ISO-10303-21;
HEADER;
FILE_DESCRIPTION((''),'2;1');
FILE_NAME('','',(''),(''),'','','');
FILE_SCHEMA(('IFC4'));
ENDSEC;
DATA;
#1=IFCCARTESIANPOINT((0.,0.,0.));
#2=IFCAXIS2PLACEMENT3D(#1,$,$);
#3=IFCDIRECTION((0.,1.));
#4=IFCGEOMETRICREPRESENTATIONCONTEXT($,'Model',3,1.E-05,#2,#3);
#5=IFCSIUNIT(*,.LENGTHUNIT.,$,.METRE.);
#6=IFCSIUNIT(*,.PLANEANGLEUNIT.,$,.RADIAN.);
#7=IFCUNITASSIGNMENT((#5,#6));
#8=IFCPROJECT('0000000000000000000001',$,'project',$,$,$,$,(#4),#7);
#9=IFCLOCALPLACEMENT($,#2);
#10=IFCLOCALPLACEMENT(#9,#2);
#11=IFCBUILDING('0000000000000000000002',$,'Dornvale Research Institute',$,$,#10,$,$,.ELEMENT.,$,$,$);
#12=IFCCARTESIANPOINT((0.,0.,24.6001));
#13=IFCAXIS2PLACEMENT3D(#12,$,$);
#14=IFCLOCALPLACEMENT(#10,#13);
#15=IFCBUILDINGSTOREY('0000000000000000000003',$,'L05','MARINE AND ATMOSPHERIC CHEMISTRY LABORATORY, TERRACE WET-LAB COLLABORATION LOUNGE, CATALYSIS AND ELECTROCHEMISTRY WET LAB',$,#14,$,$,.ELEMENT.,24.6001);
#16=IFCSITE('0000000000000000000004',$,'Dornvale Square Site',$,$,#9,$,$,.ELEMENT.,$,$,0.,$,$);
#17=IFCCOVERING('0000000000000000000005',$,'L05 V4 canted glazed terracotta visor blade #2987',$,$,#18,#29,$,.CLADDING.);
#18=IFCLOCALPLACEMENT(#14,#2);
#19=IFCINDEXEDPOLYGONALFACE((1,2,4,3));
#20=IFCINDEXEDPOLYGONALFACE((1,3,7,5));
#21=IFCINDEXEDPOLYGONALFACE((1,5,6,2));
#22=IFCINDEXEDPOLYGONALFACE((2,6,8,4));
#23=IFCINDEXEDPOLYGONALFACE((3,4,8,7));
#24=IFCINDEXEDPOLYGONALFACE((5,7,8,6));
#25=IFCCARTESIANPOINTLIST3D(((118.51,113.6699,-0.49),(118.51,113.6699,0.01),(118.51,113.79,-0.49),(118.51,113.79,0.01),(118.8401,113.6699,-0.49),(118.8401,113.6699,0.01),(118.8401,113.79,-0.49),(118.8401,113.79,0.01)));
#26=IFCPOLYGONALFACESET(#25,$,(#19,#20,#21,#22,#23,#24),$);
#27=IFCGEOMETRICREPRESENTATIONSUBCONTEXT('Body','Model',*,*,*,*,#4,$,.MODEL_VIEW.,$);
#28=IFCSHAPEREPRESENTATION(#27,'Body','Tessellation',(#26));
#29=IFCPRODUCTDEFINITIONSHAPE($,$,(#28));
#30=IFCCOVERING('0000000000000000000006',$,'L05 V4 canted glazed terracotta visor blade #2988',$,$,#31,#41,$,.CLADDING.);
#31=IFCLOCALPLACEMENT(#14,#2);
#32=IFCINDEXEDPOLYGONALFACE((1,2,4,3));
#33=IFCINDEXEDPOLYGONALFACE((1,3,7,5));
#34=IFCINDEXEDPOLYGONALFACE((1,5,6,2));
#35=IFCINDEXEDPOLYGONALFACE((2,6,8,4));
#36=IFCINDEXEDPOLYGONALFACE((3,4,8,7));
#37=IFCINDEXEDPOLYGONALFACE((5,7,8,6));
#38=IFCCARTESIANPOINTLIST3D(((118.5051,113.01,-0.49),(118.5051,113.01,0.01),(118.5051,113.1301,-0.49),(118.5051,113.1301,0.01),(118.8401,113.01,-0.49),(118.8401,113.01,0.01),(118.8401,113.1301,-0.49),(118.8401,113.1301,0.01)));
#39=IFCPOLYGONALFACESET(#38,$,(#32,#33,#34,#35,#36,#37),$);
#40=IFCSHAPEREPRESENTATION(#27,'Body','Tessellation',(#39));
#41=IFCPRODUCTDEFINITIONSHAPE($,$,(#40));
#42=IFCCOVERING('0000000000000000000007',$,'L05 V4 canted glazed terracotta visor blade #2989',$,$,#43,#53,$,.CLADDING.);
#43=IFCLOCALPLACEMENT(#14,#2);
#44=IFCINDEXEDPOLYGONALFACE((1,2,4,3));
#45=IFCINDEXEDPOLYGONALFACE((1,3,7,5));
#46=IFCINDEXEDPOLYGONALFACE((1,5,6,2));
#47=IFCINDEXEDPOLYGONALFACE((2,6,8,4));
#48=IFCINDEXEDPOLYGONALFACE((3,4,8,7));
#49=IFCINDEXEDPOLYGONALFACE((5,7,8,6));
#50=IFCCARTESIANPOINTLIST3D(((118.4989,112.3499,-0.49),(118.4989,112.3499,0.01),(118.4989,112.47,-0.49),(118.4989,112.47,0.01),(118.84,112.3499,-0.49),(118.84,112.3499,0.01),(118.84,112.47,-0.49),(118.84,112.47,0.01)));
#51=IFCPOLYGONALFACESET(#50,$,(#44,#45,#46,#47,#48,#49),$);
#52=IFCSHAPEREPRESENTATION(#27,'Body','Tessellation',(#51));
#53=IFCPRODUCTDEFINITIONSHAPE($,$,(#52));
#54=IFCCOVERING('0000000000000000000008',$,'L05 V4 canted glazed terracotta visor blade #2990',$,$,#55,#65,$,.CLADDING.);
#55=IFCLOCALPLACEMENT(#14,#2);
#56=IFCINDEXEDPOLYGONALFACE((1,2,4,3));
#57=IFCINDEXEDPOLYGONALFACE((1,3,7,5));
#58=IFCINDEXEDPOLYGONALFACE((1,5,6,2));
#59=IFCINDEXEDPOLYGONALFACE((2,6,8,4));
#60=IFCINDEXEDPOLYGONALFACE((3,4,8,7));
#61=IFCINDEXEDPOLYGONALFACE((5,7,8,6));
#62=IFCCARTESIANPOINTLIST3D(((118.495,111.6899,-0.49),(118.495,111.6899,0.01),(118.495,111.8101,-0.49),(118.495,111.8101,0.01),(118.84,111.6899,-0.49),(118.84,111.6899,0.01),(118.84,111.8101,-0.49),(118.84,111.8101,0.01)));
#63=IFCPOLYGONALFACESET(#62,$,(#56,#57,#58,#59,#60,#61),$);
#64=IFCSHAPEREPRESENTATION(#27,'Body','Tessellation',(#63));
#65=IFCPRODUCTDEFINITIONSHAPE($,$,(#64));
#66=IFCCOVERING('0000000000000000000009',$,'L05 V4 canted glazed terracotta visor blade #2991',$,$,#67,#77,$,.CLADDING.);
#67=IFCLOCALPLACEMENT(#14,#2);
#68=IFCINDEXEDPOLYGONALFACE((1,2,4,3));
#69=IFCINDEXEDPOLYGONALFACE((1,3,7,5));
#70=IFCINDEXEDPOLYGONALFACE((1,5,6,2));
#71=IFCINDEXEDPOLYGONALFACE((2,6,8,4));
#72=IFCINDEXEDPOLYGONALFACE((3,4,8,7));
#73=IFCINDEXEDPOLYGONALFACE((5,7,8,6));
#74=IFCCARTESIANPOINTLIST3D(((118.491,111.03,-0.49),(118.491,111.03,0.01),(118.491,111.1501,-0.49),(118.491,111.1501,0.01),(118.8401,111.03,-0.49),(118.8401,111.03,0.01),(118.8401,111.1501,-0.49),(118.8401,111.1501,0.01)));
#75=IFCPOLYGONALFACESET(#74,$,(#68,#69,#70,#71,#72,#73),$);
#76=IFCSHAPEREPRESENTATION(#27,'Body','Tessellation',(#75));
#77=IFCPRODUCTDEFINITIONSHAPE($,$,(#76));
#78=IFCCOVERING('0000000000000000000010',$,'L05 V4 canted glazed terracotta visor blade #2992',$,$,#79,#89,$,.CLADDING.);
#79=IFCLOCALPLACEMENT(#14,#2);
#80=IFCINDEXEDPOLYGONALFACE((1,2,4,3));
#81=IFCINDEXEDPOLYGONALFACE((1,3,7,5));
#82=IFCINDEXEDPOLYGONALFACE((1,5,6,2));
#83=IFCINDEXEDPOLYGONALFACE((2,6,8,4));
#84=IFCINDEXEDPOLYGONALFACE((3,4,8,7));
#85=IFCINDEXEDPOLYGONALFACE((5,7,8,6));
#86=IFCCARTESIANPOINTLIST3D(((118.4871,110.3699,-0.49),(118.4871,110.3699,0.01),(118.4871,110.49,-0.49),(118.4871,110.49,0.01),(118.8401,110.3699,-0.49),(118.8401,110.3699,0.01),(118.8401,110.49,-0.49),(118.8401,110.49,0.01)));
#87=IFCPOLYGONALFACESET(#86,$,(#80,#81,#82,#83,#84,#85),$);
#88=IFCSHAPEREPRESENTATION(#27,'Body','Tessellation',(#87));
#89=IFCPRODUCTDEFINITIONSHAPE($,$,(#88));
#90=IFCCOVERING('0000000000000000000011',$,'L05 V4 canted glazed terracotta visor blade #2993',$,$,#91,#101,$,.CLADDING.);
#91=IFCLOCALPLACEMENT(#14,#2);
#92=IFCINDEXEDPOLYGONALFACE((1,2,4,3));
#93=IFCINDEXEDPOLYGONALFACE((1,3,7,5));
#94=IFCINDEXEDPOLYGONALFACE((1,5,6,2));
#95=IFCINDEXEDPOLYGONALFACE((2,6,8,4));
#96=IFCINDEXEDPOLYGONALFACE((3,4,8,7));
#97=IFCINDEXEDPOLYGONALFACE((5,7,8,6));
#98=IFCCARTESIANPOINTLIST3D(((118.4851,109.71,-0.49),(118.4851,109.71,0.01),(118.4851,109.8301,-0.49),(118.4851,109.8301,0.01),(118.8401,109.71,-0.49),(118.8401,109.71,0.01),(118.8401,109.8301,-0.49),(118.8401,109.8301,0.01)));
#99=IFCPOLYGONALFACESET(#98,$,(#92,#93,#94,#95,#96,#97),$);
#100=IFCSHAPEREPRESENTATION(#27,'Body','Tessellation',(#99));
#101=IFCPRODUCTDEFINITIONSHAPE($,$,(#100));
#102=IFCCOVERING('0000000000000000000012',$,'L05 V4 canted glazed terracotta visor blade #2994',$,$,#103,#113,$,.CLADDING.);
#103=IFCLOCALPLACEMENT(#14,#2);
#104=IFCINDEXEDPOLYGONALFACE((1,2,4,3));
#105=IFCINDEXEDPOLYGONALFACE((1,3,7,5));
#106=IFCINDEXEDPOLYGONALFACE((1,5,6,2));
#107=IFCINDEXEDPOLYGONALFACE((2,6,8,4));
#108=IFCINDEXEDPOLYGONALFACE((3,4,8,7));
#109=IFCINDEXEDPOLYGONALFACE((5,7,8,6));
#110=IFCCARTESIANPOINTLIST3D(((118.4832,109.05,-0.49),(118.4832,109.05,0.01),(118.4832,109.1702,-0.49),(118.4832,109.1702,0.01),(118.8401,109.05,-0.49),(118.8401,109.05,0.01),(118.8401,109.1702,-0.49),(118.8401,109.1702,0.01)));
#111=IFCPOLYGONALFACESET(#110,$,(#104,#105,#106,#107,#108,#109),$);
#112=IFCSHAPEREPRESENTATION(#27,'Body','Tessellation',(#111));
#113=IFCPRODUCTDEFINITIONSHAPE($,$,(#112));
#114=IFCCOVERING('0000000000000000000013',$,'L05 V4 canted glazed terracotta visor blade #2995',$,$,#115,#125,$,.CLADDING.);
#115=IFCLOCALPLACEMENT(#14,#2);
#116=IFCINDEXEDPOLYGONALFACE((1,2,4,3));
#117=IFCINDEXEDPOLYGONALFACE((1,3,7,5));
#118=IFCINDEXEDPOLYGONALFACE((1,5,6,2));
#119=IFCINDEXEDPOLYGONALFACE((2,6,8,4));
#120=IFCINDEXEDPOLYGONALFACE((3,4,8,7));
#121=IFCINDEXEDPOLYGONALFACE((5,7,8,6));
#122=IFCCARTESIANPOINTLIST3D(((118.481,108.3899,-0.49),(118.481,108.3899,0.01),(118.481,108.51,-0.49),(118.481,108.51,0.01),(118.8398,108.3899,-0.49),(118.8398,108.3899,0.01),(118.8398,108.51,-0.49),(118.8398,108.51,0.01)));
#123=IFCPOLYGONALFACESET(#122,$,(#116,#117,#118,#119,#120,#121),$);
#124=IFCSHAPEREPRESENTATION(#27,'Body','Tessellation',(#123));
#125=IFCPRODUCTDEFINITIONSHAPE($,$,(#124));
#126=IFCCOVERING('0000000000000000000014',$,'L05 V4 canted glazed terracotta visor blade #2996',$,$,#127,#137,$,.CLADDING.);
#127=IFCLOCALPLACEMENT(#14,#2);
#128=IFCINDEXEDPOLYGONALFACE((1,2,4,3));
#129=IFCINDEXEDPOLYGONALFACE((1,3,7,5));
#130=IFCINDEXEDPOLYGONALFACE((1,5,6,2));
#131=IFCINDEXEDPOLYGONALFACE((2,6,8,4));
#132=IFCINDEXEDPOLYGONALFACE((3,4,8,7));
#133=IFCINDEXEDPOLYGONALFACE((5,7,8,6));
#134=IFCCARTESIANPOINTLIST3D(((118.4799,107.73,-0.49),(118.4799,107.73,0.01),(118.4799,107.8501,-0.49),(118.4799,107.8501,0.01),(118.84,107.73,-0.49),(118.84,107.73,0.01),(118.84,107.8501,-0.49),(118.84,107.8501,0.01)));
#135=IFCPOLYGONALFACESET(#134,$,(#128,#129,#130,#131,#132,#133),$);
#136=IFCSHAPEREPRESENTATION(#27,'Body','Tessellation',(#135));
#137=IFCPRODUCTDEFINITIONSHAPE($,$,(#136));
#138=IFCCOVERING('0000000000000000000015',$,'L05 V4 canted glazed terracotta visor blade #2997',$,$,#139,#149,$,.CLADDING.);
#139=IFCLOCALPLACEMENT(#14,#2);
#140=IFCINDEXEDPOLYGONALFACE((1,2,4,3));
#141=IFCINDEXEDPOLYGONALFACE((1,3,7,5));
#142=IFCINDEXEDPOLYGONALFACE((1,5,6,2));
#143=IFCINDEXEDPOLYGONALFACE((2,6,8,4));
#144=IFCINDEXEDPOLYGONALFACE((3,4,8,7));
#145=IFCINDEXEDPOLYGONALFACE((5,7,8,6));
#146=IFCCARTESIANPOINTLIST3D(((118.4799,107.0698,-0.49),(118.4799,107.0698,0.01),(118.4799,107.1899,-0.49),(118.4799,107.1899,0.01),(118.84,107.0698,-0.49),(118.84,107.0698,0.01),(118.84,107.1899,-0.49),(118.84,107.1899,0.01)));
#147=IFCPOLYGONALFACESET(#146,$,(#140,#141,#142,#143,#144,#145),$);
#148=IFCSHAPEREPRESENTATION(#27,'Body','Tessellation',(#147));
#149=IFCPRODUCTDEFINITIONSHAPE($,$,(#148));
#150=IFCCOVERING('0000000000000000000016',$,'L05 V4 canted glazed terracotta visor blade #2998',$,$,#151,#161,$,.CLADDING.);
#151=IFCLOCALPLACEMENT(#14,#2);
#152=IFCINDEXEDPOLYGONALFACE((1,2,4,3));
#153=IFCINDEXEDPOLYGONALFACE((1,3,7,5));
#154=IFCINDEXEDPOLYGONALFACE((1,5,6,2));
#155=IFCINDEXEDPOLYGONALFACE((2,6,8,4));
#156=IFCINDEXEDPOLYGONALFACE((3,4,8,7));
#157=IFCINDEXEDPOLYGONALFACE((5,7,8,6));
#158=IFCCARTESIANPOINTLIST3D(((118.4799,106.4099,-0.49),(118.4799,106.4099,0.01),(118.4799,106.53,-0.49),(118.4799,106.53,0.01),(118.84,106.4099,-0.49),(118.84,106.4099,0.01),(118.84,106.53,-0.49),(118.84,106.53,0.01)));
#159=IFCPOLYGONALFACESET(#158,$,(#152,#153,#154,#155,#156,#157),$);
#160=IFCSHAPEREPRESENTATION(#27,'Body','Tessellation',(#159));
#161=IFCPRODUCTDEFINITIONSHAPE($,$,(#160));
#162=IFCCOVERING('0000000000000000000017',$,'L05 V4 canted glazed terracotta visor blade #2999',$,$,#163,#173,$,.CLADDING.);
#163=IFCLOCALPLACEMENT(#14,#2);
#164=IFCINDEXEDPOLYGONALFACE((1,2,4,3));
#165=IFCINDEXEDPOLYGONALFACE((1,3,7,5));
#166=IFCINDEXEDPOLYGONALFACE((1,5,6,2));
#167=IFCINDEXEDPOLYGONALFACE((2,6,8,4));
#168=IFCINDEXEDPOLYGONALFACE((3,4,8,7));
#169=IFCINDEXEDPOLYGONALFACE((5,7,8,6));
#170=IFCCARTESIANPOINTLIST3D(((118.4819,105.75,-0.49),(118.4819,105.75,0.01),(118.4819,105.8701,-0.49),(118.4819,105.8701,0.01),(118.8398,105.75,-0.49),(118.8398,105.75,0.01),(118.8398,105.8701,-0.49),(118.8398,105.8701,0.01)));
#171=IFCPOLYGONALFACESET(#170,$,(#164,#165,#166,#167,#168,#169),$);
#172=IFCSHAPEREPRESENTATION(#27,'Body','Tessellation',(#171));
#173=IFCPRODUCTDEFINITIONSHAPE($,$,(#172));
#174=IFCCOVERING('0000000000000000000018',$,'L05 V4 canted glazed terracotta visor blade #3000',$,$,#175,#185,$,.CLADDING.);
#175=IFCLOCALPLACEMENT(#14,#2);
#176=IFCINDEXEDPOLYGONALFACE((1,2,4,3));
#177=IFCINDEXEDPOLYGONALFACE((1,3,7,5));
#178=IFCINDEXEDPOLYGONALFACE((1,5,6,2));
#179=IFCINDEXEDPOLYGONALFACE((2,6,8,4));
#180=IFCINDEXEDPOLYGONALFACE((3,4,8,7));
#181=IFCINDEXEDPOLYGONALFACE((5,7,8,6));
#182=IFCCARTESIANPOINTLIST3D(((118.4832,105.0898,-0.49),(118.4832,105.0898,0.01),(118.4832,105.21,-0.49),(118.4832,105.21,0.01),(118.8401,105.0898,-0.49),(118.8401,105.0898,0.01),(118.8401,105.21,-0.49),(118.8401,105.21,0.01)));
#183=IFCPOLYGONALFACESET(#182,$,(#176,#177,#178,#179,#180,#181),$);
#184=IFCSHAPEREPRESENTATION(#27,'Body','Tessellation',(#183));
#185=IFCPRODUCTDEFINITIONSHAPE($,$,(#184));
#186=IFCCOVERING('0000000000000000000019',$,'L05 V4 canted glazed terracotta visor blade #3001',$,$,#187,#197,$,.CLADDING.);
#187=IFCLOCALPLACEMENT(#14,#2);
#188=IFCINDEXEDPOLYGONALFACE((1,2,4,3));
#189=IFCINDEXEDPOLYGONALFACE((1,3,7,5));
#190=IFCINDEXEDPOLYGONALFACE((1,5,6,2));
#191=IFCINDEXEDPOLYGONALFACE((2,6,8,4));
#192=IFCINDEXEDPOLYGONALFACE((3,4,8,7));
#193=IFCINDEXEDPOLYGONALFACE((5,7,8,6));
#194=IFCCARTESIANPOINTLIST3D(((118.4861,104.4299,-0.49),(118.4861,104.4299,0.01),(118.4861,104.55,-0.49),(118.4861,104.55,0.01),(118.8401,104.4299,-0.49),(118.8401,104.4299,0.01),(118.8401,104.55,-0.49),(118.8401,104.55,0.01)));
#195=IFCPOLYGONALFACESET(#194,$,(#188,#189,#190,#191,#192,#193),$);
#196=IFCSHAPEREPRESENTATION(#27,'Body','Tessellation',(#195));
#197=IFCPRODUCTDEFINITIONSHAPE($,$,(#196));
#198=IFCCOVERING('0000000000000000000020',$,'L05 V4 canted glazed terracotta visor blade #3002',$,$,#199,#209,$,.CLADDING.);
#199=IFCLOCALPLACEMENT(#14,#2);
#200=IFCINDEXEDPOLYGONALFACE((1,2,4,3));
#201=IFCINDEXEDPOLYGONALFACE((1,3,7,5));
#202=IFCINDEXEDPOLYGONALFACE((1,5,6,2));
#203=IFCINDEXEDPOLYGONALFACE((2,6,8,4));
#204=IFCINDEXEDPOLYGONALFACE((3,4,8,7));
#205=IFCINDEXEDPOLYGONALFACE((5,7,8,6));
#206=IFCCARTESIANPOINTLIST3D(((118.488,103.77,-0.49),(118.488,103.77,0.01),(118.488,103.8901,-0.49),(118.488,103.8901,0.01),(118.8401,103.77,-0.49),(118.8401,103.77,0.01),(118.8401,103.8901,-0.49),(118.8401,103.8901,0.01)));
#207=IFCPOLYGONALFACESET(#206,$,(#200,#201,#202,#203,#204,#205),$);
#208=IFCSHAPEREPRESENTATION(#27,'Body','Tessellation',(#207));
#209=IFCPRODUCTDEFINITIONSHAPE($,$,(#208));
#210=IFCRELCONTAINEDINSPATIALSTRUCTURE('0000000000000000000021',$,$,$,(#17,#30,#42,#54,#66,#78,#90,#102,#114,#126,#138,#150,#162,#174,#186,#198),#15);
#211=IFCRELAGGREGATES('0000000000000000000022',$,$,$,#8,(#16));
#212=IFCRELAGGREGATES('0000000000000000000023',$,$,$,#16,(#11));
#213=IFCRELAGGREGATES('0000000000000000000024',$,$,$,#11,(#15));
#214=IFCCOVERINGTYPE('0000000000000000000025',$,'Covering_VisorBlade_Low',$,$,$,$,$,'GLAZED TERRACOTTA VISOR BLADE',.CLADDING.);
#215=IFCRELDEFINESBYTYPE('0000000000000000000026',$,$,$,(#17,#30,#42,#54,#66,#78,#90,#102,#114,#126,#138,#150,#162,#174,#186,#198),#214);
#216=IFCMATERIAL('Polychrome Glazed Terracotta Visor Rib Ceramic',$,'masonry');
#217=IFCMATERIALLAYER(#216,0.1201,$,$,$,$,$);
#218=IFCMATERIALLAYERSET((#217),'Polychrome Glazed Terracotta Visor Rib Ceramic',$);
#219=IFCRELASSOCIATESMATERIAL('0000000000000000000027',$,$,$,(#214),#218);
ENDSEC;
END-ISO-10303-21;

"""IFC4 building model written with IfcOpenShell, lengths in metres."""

from ifc_helpers import new_model, si_unit, direction, frame, origin, origin_2d, place, context, subcontext, project, spatial, rectangle, extrude, material, layer, layer_set, type_object, element, save


model = new_model("IFC4")

# Units and contexts
model_context = context("Model", 3, precision=1e-05, world=origin(), true_north=direction((0.0, 1.0)))
body_context = subcontext(model_context, "Body", "Model", "MODEL_VIEW")
ifc_project = project(units=[si_unit("LENGTHUNIT", "METRE"), si_unit("PLANEANGLEUNIT", "RADIAN")], contexts=[model_context])

# Site, building, storey
site_placement = place(None, origin())
site = spatial("IfcSite", under=ifc_project, at=site_placement, Name="Dornvale Square Site", CompositionType="ELEMENT", RefElevation=0.0)
building_placement = place(site_placement, origin())
building = spatial("IfcBuilding", under=site, at=building_placement, Name="Dornvale Research Institute", CompositionType="ELEMENT")
storey_placement = place(building_placement, frame((0.0, 0.0, 24.6001)))
storey = spatial("IfcBuildingStorey", under=building, at=storey_placement, Name="L05", Description="MARINE AND ATMOSPHERIC CHEMISTRY LABORATORY, TERRACE WET-LAB COLLABORATION LOUNGE, CATALYSIS AND ELECTROCHEMISTRY WET LAB", CompositionType="ELEMENT", Elevation=24.6001)

# Coverings
ifc_material = material(Name="Polychrome Glazed Terracotta Visor Rib Ceramic", Category="masonry")
ifc_layer = layer(ifc_material, 0.1201)
ifc_layer_set = layer_set([ifc_layer], Name="Polychrome Glazed Terracotta Visor Rib Ceramic")
covering_type = type_object("IfcCoveringType", Name="Covering_VisorBlade_Low", ElementType="GLAZED TERRACOTTA VISOR BLADE", PredefinedType="CLADDING", material=ifc_layer_set)
covering_1_placement = place(storey_placement, frame((118.675, 113.73, -0.49), z_axis=(0.0, 0.0, 1.0), x_axis=(1.0, 0.0, 0.0)))
element("IfcCovering", 1, at=covering_1_placement, inside=storey, type_object=covering_type, Name="L05 V4 canted glazed terracotta visor blade #2987", PredefinedType="CLADDING", context=body_context, shape_type="SweptSolid", body=[
    extrude(rectangle(XDim=0.3301, YDim=0.1201, at=origin_2d()), origin(), (0.0, 0.0, 1.0), 0.5),
])
covering_2_placement = place(storey_placement, frame((118.6726, 113.0701, -0.49), z_axis=(0.0, 0.0, 1.0), x_axis=(1.0, 0.0, 0.0)))
element("IfcCovering", 2, at=covering_2_placement, inside=storey, type_object=covering_type, Name="L05 V4 canted glazed terracotta visor blade #2988", PredefinedType="CLADDING", context=body_context, shape_type="SweptSolid", body=[
    extrude(rectangle(XDim=0.335, YDim=0.1201, at=origin_2d()), origin(), (0.0, 0.0, 1.0), 0.5),
])
covering_3_placement = place(storey_placement, frame((118.6694, 112.4099, -0.49), z_axis=(0.0, 0.0, 1.0), x_axis=(1.0, 0.0, 0.0)))
element("IfcCovering", 3, at=covering_3_placement, inside=storey, type_object=covering_type, Name="L05 V4 canted glazed terracotta visor blade #2989", PredefinedType="CLADDING", context=body_context, shape_type="SweptSolid", body=[
    extrude(rectangle(XDim=0.3411, YDim=0.1201, at=origin_2d()), origin(), (0.0, 0.0, 1.0), 0.5),
])
covering_4_placement = place(storey_placement, frame((118.6675, 111.75, -0.49), z_axis=(0.0, 0.0, 1.0), x_axis=(1.0, 0.0, 0.0)))
element("IfcCovering", 4, at=covering_4_placement, inside=storey, type_object=covering_type, Name="L05 V4 canted glazed terracotta visor blade #2990", PredefinedType="CLADDING", context=body_context, shape_type="SweptSolid", body=[
    extrude(rectangle(XDim=0.345, YDim=0.1201, at=origin_2d()), origin(), (0.0, 0.0, 1.0), 0.5),
])
covering_5_placement = place(storey_placement, frame((118.6655, 111.0901, -0.49), z_axis=(0.0, 0.0, 1.0), x_axis=(1.0, 0.0, 0.0)))
element("IfcCovering", 5, at=covering_5_placement, inside=storey, type_object=covering_type, Name="L05 V4 canted glazed terracotta visor blade #2991", PredefinedType="CLADDING", context=body_context, shape_type="SweptSolid", body=[
    extrude(rectangle(XDim=0.3491, YDim=0.1201, at=origin_2d()), origin(), (0.0, 0.0, 1.0), 0.5),
])
covering_6_placement = place(storey_placement, frame((118.6636, 110.4299, -0.49), z_axis=(0.0, 0.0, 1.0), x_axis=(1.0, 0.0, 0.0)))
element("IfcCovering", 6, at=covering_6_placement, inside=storey, type_object=covering_type, Name="L05 V4 canted glazed terracotta visor blade #2992", PredefinedType="CLADDING", context=body_context, shape_type="SweptSolid", body=[
    extrude(rectangle(XDim=0.353, YDim=0.1201, at=origin_2d()), origin(), (0.0, 0.0, 1.0), 0.5),
])
covering_7_placement = place(storey_placement, frame((118.6626, 109.77, -0.49), z_axis=(0.0, 0.0, 1.0), x_axis=(1.0, 0.0, 0.0)))
element("IfcCovering", 7, at=covering_7_placement, inside=storey, type_object=covering_type, Name="L05 V4 canted glazed terracotta visor blade #2993", PredefinedType="CLADDING", context=body_context, shape_type="SweptSolid", body=[
    extrude(rectangle(XDim=0.355, YDim=0.1201, at=origin_2d()), origin(), (0.0, 0.0, 1.0), 0.5),
])
covering_8_placement = place(storey_placement, frame((118.6616, 109.1101, -0.49), z_axis=(0.0, 0.0, 1.0), x_axis=(1.0, 0.0, 0.0)))
element("IfcCovering", 8, at=covering_8_placement, inside=storey, type_object=covering_type, Name="L05 V4 canted glazed terracotta visor blade #2994", PredefinedType="CLADDING", context=body_context, shape_type="SweptSolid", body=[
    extrude(rectangle(XDim=0.3569, YDim=0.1201, at=origin_2d()), origin(), (0.0, 0.0, 1.0), 0.5),
])
covering_9_placement = place(storey_placement, frame((118.6604, 108.45, -0.49), z_axis=(0.0, 0.0, 1.0), x_axis=(1.0, 0.0, 0.0)))
element("IfcCovering", 9, at=covering_9_placement, inside=storey, type_object=covering_type, Name="L05 V4 canted glazed terracotta visor blade #2995", PredefinedType="CLADDING", context=body_context, shape_type="SweptSolid", body=[
    extrude(rectangle(XDim=0.3589, YDim=0.1201, at=origin_2d()), origin(), (0.0, 0.0, 1.0), 0.5),
])
for number, where, z_axis, x_axis, name in (
    (10, (118.6599, 107.79, -0.49), (0.0, 0.0, 1.0), (1.0, 0.0, 0.0), "L05 V4 canted glazed terracotta visor blade #2996"),
    (11, (118.6599, 107.1299, -0.49), (0.0, 0.0, 1.0), (1.0, 0.0, 0.0), "L05 V4 canted glazed terracotta visor blade #2997"),
    (12, (118.6599, 106.47, -0.49), (0.0, 0.0, 1.0), (1.0, 0.0, 0.0), "L05 V4 canted glazed terracotta visor blade #2998"),
):
    element("IfcCovering", number, at=place(storey_placement, frame(where, z_axis=z_axis, x_axis=x_axis)), inside=storey, type_object=covering_type, Name=name, PredefinedType="CLADDING", context=body_context, shape_type="SweptSolid", body=[
        extrude(rectangle(XDim=0.3601, YDim=0.1201, at=origin_2d()), origin(), (0.0, 0.0, 1.0), 0.5),
    ])
covering_10_placement = place(storey_placement, frame((118.6609, 105.8101, -0.49), z_axis=(0.0, 0.0, 1.0), x_axis=(1.0, 0.0, 0.0)))
element("IfcCovering", 13, at=covering_10_placement, inside=storey, type_object=covering_type, Name="L05 V4 canted glazed terracotta visor blade #2999", PredefinedType="CLADDING", context=body_context, shape_type="SweptSolid", body=[
    extrude(rectangle(XDim=0.3579, YDim=0.1201, at=origin_2d()), origin(), (0.0, 0.0, 1.0), 0.5),
])
covering_11_placement = place(storey_placement, frame((118.6616, 105.1499, -0.49), z_axis=(0.0, 0.0, 1.0), x_axis=(1.0, 0.0, 0.0)))
element("IfcCovering", 14, at=covering_11_placement, inside=storey, type_object=covering_type, Name="L05 V4 canted glazed terracotta visor blade #3000", PredefinedType="CLADDING", context=body_context, shape_type="SweptSolid", body=[
    extrude(rectangle(XDim=0.3569, YDim=0.1201, at=origin_2d()), origin(), (0.0, 0.0, 1.0), 0.5),
])
covering_12_placement = place(storey_placement, frame((118.6631, 104.49, -0.49), z_axis=(0.0, 0.0, 1.0), x_axis=(1.0, 0.0, 0.0)))
element("IfcCovering", 15, at=covering_12_placement, inside=storey, type_object=covering_type, Name="L05 V4 canted glazed terracotta visor blade #3001", PredefinedType="CLADDING", context=body_context, shape_type="SweptSolid", body=[
    extrude(rectangle(XDim=0.354, YDim=0.1201, at=origin_2d()), origin(), (0.0, 0.0, 1.0), 0.5),
])
covering_13_placement = place(storey_placement, frame((118.6641, 103.8301, -0.49), z_axis=(0.0, 0.0, 1.0), x_axis=(1.0, 0.0, 0.0)))
element("IfcCovering", 16, at=covering_13_placement, inside=storey, type_object=covering_type, Name="L05 V4 canted glazed terracotta visor blade #3002", PredefinedType="CLADDING", context=body_context, shape_type="SweptSolid", body=[
    extrude(rectangle(XDim=0.3521, YDim=0.1201, at=origin_2d()), origin(), (0.0, 0.0, 1.0), 0.5),
])

save(model, "model.ifc")
